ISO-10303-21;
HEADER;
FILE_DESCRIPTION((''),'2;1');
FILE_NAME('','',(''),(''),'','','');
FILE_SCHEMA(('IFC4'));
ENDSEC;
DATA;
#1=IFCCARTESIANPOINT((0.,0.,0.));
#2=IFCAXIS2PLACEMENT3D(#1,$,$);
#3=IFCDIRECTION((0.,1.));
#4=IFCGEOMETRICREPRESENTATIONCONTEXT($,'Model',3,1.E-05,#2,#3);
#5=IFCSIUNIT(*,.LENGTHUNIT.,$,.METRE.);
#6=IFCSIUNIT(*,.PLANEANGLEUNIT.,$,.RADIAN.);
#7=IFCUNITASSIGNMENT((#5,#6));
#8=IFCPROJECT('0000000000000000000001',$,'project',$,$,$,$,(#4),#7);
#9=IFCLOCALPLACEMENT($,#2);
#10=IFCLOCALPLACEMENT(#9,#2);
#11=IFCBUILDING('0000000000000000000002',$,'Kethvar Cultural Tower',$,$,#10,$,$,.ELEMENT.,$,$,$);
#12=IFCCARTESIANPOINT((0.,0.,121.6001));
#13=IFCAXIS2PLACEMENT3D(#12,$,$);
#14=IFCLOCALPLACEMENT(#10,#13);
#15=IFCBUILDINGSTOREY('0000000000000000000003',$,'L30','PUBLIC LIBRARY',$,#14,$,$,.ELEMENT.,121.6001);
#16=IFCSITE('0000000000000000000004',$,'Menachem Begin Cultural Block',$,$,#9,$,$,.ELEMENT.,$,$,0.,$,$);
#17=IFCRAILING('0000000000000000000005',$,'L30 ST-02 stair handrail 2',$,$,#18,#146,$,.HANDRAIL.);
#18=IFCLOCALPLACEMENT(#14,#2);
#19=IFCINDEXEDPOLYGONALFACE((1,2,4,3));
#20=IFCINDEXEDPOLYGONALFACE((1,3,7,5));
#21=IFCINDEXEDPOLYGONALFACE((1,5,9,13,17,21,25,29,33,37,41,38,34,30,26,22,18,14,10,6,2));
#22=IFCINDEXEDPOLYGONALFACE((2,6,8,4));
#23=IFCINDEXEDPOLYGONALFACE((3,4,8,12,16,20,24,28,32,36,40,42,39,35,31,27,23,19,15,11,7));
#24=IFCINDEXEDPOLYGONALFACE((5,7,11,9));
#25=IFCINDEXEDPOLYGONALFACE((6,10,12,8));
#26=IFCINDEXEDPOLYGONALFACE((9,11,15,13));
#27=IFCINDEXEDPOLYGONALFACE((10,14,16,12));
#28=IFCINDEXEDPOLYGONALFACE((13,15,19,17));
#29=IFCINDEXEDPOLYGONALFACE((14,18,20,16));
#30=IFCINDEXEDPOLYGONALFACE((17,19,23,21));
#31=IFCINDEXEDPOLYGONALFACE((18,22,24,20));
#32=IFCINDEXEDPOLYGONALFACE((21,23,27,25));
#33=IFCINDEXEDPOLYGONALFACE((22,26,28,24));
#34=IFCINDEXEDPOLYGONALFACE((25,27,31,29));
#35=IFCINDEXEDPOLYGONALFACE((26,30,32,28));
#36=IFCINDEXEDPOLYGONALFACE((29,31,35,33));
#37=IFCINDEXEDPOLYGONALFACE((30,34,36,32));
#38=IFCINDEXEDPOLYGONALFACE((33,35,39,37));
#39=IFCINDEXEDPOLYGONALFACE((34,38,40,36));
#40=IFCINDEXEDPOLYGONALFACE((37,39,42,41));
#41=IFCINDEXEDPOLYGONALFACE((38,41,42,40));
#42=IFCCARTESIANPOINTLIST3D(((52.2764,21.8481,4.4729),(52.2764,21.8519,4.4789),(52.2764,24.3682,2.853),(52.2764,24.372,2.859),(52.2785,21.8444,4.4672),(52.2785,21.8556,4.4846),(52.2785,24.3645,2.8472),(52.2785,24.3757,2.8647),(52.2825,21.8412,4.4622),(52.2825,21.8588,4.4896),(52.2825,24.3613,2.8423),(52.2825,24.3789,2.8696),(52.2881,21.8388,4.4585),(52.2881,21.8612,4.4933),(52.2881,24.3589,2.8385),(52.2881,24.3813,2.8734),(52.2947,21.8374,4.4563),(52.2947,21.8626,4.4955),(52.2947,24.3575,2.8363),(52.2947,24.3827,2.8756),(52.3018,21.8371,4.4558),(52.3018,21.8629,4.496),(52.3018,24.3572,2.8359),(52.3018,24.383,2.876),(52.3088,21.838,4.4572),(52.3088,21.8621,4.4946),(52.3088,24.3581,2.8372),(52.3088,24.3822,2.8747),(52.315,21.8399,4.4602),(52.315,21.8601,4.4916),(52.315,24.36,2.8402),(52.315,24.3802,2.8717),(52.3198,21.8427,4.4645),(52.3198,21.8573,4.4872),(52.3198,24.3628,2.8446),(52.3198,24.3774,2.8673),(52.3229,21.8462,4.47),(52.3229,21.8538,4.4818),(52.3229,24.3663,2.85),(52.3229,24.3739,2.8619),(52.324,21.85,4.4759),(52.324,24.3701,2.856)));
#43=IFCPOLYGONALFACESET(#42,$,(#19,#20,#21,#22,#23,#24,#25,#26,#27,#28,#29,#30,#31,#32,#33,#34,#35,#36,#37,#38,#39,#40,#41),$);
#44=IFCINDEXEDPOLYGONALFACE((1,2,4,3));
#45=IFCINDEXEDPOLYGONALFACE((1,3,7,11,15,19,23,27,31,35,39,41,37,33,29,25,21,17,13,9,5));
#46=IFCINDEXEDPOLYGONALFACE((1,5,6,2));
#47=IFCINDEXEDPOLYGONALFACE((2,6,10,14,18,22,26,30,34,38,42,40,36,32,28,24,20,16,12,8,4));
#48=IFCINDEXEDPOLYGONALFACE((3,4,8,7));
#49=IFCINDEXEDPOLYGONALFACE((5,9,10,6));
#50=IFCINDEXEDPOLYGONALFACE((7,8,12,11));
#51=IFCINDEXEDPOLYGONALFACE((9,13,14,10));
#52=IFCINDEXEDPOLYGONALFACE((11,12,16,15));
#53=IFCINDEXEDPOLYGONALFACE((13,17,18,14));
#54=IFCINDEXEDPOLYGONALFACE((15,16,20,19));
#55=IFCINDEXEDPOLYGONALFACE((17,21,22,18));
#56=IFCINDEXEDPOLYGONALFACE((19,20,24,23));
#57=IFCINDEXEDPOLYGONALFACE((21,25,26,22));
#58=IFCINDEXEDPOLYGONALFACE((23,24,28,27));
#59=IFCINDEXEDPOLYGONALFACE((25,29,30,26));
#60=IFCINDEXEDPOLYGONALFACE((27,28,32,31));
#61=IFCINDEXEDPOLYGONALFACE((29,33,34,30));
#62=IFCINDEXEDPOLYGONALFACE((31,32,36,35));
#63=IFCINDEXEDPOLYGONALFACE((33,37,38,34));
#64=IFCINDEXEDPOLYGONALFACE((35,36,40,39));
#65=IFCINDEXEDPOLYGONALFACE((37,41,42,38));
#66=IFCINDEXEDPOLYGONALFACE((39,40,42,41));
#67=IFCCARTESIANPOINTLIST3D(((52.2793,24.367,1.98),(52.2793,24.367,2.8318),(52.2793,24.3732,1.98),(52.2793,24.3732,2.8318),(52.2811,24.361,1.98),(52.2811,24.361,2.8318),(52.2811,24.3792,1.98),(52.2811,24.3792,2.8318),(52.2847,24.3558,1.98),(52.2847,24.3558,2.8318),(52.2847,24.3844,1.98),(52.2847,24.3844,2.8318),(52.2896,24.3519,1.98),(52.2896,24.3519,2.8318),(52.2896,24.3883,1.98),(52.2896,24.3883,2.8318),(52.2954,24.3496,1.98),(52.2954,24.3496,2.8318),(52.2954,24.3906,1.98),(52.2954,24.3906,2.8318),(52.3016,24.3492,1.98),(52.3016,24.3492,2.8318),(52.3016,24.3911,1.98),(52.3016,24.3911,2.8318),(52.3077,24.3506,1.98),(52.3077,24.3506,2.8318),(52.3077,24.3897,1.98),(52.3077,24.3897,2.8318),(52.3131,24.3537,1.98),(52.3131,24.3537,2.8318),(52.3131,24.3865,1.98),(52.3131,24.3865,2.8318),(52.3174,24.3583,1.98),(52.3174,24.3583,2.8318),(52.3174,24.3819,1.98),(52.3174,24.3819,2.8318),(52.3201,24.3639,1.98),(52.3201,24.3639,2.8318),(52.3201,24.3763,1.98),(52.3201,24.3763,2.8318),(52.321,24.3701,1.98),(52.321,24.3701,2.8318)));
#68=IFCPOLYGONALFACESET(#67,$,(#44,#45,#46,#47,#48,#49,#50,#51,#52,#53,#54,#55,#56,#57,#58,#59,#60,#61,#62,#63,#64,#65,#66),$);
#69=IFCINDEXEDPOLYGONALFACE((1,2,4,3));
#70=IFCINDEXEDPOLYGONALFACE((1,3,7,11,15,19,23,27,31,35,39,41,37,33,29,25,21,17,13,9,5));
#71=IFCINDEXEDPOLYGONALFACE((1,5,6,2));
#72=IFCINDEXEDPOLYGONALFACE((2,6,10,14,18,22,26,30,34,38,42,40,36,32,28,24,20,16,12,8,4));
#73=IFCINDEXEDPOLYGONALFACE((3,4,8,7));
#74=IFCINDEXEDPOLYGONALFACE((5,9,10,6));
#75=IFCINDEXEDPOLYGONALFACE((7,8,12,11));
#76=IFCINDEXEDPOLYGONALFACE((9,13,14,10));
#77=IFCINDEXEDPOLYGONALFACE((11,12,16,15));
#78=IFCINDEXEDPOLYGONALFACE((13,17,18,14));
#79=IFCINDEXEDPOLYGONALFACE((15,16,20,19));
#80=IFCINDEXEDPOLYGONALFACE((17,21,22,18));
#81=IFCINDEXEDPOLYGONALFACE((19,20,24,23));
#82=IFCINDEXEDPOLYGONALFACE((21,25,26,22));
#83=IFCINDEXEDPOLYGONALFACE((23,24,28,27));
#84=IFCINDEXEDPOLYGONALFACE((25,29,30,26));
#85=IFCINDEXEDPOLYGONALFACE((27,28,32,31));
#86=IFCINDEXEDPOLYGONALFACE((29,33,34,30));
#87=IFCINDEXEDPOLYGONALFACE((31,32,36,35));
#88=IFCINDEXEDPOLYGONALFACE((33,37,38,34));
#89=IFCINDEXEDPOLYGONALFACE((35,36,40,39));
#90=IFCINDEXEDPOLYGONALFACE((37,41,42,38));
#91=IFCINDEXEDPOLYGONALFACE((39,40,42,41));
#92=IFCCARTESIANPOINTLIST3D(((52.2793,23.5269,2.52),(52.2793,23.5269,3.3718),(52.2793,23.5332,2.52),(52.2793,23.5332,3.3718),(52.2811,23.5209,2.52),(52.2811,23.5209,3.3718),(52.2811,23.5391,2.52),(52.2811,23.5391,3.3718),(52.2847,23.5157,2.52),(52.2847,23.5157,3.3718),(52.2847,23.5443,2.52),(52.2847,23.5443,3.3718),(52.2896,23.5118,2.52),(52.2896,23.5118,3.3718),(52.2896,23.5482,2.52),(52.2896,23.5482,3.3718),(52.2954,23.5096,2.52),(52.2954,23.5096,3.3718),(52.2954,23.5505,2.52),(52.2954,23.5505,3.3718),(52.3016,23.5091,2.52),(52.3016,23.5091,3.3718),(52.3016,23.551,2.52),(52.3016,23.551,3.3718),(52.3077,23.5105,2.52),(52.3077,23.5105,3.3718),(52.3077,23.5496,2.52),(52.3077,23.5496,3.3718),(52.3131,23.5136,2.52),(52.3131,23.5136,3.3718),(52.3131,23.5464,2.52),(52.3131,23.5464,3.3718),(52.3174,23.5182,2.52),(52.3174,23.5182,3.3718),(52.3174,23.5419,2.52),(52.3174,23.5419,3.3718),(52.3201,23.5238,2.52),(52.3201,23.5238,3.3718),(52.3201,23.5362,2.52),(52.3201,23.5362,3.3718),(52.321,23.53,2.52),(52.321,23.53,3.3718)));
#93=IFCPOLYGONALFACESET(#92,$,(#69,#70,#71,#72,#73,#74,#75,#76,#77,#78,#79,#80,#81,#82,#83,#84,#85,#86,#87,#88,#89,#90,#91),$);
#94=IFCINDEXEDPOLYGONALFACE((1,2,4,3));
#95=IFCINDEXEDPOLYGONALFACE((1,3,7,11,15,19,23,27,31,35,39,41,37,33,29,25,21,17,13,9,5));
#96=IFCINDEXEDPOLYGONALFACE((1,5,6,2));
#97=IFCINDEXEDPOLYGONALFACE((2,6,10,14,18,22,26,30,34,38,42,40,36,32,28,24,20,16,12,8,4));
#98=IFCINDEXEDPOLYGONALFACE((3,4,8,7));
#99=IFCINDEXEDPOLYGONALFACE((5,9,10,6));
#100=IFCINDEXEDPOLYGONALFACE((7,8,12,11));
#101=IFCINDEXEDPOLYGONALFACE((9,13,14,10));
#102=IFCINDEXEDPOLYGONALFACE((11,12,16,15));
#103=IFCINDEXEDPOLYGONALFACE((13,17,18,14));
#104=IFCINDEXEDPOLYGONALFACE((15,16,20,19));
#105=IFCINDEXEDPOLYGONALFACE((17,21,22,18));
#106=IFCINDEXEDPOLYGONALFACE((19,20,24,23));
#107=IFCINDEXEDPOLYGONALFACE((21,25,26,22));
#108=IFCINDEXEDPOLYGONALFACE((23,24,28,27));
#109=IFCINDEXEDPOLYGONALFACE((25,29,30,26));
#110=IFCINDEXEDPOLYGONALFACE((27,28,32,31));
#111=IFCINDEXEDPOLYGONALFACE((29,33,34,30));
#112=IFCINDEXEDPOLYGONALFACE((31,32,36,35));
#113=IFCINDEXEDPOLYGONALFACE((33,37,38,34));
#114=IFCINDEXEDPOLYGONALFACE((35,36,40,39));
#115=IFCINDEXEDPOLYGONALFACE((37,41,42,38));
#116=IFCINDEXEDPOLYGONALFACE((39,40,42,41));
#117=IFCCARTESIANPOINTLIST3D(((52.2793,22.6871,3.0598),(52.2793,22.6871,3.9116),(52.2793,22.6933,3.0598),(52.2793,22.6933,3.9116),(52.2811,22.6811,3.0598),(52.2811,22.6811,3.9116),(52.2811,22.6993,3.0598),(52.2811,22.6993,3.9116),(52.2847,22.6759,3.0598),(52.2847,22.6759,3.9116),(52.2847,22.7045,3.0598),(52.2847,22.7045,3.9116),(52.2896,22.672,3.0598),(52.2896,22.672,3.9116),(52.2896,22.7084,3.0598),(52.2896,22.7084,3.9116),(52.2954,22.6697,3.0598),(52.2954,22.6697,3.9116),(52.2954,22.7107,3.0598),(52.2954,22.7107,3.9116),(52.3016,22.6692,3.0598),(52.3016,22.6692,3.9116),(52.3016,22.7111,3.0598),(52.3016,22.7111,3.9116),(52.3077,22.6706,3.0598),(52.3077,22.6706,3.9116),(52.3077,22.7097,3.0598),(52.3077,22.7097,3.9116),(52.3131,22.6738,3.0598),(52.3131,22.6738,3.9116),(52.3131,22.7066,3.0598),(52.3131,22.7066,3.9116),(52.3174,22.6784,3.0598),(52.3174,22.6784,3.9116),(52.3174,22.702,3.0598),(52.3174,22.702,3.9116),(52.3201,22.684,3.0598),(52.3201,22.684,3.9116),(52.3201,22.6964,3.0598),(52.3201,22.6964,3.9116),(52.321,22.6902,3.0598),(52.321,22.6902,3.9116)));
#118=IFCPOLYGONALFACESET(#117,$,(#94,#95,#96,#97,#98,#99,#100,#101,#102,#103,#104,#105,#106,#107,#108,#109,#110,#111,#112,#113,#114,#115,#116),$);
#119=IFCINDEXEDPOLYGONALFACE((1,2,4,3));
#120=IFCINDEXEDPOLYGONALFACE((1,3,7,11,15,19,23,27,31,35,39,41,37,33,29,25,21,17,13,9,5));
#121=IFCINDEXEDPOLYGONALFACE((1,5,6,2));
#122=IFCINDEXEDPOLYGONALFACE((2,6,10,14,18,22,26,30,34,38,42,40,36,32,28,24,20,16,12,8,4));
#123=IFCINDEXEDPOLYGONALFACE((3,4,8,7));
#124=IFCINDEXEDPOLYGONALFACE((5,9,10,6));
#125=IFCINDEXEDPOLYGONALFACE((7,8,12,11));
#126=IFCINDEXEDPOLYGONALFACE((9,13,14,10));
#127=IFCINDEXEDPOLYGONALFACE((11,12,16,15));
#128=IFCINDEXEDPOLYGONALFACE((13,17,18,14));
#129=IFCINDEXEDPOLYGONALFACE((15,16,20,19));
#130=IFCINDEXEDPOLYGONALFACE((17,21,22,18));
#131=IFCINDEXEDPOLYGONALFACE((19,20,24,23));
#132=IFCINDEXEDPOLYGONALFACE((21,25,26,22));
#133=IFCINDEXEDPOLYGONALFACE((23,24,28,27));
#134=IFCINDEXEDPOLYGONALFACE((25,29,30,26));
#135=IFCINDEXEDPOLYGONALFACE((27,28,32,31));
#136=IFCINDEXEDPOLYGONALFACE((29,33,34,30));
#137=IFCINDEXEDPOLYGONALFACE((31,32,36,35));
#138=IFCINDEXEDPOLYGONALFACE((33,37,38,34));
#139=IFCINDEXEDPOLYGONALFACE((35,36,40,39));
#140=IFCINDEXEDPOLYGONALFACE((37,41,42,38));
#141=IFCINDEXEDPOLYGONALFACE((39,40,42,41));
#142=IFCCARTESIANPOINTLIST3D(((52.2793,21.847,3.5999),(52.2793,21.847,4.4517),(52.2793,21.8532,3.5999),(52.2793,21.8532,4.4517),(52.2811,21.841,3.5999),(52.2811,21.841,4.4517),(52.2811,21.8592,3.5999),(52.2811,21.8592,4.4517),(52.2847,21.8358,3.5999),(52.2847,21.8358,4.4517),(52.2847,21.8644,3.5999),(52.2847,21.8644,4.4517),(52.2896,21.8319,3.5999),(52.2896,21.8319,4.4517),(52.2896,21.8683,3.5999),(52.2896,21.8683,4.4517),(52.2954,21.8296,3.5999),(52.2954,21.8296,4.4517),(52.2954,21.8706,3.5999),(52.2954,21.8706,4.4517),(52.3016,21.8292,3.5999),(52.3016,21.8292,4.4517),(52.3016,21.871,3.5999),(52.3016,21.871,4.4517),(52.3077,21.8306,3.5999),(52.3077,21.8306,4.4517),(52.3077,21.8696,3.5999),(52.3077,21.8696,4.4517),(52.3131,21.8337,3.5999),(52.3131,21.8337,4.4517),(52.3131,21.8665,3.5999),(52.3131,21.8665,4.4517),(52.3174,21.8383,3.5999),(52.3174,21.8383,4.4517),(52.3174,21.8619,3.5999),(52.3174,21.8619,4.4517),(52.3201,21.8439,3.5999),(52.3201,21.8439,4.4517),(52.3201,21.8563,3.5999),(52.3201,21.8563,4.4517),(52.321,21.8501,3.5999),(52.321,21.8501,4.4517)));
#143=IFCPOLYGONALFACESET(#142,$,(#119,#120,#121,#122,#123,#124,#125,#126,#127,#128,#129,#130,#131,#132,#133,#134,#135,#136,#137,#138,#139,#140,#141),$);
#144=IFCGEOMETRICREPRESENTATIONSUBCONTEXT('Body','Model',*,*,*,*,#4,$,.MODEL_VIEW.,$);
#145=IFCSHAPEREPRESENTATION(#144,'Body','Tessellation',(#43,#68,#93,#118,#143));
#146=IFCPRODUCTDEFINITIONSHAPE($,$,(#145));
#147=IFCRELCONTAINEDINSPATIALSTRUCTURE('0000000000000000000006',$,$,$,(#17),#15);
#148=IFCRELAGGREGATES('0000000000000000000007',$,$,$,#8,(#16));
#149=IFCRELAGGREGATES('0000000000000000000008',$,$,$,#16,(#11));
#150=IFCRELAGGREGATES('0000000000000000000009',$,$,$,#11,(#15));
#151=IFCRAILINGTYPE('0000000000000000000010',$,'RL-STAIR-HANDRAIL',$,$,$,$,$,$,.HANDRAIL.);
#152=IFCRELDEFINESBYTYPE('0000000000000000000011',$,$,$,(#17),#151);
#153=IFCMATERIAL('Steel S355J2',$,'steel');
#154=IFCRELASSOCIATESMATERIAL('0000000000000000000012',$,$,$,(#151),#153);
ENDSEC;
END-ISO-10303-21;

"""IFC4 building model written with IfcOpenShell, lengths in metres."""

from ifc_helpers import new_model, si_unit, direction, frame, origin, origin_2d, place, context, subcontext, project, spatial, circle, extrude, material, type_object, element, save


model = new_model("IFC4")

# Units and contexts
model_context = context("Model", 3, precision=1e-05, world=origin(), true_north=direction((0.0, 1.0)))
body_context = subcontext(model_context, "Body", "Model", "MODEL_VIEW")
ifc_project = project(units=[si_unit("LENGTHUNIT", "METRE"), si_unit("PLANEANGLEUNIT", "RADIAN")], contexts=[model_context])

# Site, building, storey
site_placement = place(None, origin())
site = spatial("IfcSite", under=ifc_project, at=site_placement, Name="Menachem Begin Cultural Block", CompositionType="ELEMENT", RefElevation=0.0)
building_placement = place(site_placement, origin())
building = spatial("IfcBuilding", under=site, at=building_placement, Name="Kethvar Cultural Tower", CompositionType="ELEMENT")
storey_placement = place(building_placement, frame((0.0, 0.0, 121.6001)))
storey = spatial("IfcBuildingStorey", under=building, at=storey_placement, Name="L30", Description="PUBLIC LIBRARY", CompositionType="ELEMENT", Elevation=121.6001)

# Shared definitions
ifc_material_1 = material(Name="Steel S355J2", Category="steel")

# Railing
railing_type_1 = type_object("IfcRailingType", Name="RL-STAIR-HANDRAIL", PredefinedType="HANDRAIL", material=ifc_material_1)
railing_1_placement = place(storey_placement, frame((52.3, 24.3701, 1.98)))
element("IfcRailing", 1, at=railing_1_placement, inside=storey, type_object=railing_type_1, Name="L30 ST-02 stair handrail 2", PredefinedType="HANDRAIL", context=body_context, shape_type="SweptSolid", body=[
    extrude(circle(Radius=0.0239, at=origin_2d()), frame((0.0, 0.0, 0.876), z_axis=(0.0, -0.8412, 0.540725), x_axis=(1.0, 0.0, 0.0)), (0.0, 0.0, 1.0), 2.9958),
    extrude(circle(Radius=0.021, at=origin_2d()), origin(), (0.0, 0.0, 1.0), 0.8518),
    extrude(circle(Radius=0.021, at=origin_2d()), frame((0.0, -0.8401, 0.54)), (0.0, 0.0, 1.0), 0.8518),
    extrude(circle(Radius=0.021, at=origin_2d()), frame((0.0, -1.6799, 1.0798)), (0.0, 0.0, 1.0), 0.8518),
    extrude(circle(Radius=0.021, at=origin_2d()), frame((0.0, -2.52, 1.6199)), (0.0, 0.0, 1.0), 0.8518),
])

save(model, "model.ifc")
